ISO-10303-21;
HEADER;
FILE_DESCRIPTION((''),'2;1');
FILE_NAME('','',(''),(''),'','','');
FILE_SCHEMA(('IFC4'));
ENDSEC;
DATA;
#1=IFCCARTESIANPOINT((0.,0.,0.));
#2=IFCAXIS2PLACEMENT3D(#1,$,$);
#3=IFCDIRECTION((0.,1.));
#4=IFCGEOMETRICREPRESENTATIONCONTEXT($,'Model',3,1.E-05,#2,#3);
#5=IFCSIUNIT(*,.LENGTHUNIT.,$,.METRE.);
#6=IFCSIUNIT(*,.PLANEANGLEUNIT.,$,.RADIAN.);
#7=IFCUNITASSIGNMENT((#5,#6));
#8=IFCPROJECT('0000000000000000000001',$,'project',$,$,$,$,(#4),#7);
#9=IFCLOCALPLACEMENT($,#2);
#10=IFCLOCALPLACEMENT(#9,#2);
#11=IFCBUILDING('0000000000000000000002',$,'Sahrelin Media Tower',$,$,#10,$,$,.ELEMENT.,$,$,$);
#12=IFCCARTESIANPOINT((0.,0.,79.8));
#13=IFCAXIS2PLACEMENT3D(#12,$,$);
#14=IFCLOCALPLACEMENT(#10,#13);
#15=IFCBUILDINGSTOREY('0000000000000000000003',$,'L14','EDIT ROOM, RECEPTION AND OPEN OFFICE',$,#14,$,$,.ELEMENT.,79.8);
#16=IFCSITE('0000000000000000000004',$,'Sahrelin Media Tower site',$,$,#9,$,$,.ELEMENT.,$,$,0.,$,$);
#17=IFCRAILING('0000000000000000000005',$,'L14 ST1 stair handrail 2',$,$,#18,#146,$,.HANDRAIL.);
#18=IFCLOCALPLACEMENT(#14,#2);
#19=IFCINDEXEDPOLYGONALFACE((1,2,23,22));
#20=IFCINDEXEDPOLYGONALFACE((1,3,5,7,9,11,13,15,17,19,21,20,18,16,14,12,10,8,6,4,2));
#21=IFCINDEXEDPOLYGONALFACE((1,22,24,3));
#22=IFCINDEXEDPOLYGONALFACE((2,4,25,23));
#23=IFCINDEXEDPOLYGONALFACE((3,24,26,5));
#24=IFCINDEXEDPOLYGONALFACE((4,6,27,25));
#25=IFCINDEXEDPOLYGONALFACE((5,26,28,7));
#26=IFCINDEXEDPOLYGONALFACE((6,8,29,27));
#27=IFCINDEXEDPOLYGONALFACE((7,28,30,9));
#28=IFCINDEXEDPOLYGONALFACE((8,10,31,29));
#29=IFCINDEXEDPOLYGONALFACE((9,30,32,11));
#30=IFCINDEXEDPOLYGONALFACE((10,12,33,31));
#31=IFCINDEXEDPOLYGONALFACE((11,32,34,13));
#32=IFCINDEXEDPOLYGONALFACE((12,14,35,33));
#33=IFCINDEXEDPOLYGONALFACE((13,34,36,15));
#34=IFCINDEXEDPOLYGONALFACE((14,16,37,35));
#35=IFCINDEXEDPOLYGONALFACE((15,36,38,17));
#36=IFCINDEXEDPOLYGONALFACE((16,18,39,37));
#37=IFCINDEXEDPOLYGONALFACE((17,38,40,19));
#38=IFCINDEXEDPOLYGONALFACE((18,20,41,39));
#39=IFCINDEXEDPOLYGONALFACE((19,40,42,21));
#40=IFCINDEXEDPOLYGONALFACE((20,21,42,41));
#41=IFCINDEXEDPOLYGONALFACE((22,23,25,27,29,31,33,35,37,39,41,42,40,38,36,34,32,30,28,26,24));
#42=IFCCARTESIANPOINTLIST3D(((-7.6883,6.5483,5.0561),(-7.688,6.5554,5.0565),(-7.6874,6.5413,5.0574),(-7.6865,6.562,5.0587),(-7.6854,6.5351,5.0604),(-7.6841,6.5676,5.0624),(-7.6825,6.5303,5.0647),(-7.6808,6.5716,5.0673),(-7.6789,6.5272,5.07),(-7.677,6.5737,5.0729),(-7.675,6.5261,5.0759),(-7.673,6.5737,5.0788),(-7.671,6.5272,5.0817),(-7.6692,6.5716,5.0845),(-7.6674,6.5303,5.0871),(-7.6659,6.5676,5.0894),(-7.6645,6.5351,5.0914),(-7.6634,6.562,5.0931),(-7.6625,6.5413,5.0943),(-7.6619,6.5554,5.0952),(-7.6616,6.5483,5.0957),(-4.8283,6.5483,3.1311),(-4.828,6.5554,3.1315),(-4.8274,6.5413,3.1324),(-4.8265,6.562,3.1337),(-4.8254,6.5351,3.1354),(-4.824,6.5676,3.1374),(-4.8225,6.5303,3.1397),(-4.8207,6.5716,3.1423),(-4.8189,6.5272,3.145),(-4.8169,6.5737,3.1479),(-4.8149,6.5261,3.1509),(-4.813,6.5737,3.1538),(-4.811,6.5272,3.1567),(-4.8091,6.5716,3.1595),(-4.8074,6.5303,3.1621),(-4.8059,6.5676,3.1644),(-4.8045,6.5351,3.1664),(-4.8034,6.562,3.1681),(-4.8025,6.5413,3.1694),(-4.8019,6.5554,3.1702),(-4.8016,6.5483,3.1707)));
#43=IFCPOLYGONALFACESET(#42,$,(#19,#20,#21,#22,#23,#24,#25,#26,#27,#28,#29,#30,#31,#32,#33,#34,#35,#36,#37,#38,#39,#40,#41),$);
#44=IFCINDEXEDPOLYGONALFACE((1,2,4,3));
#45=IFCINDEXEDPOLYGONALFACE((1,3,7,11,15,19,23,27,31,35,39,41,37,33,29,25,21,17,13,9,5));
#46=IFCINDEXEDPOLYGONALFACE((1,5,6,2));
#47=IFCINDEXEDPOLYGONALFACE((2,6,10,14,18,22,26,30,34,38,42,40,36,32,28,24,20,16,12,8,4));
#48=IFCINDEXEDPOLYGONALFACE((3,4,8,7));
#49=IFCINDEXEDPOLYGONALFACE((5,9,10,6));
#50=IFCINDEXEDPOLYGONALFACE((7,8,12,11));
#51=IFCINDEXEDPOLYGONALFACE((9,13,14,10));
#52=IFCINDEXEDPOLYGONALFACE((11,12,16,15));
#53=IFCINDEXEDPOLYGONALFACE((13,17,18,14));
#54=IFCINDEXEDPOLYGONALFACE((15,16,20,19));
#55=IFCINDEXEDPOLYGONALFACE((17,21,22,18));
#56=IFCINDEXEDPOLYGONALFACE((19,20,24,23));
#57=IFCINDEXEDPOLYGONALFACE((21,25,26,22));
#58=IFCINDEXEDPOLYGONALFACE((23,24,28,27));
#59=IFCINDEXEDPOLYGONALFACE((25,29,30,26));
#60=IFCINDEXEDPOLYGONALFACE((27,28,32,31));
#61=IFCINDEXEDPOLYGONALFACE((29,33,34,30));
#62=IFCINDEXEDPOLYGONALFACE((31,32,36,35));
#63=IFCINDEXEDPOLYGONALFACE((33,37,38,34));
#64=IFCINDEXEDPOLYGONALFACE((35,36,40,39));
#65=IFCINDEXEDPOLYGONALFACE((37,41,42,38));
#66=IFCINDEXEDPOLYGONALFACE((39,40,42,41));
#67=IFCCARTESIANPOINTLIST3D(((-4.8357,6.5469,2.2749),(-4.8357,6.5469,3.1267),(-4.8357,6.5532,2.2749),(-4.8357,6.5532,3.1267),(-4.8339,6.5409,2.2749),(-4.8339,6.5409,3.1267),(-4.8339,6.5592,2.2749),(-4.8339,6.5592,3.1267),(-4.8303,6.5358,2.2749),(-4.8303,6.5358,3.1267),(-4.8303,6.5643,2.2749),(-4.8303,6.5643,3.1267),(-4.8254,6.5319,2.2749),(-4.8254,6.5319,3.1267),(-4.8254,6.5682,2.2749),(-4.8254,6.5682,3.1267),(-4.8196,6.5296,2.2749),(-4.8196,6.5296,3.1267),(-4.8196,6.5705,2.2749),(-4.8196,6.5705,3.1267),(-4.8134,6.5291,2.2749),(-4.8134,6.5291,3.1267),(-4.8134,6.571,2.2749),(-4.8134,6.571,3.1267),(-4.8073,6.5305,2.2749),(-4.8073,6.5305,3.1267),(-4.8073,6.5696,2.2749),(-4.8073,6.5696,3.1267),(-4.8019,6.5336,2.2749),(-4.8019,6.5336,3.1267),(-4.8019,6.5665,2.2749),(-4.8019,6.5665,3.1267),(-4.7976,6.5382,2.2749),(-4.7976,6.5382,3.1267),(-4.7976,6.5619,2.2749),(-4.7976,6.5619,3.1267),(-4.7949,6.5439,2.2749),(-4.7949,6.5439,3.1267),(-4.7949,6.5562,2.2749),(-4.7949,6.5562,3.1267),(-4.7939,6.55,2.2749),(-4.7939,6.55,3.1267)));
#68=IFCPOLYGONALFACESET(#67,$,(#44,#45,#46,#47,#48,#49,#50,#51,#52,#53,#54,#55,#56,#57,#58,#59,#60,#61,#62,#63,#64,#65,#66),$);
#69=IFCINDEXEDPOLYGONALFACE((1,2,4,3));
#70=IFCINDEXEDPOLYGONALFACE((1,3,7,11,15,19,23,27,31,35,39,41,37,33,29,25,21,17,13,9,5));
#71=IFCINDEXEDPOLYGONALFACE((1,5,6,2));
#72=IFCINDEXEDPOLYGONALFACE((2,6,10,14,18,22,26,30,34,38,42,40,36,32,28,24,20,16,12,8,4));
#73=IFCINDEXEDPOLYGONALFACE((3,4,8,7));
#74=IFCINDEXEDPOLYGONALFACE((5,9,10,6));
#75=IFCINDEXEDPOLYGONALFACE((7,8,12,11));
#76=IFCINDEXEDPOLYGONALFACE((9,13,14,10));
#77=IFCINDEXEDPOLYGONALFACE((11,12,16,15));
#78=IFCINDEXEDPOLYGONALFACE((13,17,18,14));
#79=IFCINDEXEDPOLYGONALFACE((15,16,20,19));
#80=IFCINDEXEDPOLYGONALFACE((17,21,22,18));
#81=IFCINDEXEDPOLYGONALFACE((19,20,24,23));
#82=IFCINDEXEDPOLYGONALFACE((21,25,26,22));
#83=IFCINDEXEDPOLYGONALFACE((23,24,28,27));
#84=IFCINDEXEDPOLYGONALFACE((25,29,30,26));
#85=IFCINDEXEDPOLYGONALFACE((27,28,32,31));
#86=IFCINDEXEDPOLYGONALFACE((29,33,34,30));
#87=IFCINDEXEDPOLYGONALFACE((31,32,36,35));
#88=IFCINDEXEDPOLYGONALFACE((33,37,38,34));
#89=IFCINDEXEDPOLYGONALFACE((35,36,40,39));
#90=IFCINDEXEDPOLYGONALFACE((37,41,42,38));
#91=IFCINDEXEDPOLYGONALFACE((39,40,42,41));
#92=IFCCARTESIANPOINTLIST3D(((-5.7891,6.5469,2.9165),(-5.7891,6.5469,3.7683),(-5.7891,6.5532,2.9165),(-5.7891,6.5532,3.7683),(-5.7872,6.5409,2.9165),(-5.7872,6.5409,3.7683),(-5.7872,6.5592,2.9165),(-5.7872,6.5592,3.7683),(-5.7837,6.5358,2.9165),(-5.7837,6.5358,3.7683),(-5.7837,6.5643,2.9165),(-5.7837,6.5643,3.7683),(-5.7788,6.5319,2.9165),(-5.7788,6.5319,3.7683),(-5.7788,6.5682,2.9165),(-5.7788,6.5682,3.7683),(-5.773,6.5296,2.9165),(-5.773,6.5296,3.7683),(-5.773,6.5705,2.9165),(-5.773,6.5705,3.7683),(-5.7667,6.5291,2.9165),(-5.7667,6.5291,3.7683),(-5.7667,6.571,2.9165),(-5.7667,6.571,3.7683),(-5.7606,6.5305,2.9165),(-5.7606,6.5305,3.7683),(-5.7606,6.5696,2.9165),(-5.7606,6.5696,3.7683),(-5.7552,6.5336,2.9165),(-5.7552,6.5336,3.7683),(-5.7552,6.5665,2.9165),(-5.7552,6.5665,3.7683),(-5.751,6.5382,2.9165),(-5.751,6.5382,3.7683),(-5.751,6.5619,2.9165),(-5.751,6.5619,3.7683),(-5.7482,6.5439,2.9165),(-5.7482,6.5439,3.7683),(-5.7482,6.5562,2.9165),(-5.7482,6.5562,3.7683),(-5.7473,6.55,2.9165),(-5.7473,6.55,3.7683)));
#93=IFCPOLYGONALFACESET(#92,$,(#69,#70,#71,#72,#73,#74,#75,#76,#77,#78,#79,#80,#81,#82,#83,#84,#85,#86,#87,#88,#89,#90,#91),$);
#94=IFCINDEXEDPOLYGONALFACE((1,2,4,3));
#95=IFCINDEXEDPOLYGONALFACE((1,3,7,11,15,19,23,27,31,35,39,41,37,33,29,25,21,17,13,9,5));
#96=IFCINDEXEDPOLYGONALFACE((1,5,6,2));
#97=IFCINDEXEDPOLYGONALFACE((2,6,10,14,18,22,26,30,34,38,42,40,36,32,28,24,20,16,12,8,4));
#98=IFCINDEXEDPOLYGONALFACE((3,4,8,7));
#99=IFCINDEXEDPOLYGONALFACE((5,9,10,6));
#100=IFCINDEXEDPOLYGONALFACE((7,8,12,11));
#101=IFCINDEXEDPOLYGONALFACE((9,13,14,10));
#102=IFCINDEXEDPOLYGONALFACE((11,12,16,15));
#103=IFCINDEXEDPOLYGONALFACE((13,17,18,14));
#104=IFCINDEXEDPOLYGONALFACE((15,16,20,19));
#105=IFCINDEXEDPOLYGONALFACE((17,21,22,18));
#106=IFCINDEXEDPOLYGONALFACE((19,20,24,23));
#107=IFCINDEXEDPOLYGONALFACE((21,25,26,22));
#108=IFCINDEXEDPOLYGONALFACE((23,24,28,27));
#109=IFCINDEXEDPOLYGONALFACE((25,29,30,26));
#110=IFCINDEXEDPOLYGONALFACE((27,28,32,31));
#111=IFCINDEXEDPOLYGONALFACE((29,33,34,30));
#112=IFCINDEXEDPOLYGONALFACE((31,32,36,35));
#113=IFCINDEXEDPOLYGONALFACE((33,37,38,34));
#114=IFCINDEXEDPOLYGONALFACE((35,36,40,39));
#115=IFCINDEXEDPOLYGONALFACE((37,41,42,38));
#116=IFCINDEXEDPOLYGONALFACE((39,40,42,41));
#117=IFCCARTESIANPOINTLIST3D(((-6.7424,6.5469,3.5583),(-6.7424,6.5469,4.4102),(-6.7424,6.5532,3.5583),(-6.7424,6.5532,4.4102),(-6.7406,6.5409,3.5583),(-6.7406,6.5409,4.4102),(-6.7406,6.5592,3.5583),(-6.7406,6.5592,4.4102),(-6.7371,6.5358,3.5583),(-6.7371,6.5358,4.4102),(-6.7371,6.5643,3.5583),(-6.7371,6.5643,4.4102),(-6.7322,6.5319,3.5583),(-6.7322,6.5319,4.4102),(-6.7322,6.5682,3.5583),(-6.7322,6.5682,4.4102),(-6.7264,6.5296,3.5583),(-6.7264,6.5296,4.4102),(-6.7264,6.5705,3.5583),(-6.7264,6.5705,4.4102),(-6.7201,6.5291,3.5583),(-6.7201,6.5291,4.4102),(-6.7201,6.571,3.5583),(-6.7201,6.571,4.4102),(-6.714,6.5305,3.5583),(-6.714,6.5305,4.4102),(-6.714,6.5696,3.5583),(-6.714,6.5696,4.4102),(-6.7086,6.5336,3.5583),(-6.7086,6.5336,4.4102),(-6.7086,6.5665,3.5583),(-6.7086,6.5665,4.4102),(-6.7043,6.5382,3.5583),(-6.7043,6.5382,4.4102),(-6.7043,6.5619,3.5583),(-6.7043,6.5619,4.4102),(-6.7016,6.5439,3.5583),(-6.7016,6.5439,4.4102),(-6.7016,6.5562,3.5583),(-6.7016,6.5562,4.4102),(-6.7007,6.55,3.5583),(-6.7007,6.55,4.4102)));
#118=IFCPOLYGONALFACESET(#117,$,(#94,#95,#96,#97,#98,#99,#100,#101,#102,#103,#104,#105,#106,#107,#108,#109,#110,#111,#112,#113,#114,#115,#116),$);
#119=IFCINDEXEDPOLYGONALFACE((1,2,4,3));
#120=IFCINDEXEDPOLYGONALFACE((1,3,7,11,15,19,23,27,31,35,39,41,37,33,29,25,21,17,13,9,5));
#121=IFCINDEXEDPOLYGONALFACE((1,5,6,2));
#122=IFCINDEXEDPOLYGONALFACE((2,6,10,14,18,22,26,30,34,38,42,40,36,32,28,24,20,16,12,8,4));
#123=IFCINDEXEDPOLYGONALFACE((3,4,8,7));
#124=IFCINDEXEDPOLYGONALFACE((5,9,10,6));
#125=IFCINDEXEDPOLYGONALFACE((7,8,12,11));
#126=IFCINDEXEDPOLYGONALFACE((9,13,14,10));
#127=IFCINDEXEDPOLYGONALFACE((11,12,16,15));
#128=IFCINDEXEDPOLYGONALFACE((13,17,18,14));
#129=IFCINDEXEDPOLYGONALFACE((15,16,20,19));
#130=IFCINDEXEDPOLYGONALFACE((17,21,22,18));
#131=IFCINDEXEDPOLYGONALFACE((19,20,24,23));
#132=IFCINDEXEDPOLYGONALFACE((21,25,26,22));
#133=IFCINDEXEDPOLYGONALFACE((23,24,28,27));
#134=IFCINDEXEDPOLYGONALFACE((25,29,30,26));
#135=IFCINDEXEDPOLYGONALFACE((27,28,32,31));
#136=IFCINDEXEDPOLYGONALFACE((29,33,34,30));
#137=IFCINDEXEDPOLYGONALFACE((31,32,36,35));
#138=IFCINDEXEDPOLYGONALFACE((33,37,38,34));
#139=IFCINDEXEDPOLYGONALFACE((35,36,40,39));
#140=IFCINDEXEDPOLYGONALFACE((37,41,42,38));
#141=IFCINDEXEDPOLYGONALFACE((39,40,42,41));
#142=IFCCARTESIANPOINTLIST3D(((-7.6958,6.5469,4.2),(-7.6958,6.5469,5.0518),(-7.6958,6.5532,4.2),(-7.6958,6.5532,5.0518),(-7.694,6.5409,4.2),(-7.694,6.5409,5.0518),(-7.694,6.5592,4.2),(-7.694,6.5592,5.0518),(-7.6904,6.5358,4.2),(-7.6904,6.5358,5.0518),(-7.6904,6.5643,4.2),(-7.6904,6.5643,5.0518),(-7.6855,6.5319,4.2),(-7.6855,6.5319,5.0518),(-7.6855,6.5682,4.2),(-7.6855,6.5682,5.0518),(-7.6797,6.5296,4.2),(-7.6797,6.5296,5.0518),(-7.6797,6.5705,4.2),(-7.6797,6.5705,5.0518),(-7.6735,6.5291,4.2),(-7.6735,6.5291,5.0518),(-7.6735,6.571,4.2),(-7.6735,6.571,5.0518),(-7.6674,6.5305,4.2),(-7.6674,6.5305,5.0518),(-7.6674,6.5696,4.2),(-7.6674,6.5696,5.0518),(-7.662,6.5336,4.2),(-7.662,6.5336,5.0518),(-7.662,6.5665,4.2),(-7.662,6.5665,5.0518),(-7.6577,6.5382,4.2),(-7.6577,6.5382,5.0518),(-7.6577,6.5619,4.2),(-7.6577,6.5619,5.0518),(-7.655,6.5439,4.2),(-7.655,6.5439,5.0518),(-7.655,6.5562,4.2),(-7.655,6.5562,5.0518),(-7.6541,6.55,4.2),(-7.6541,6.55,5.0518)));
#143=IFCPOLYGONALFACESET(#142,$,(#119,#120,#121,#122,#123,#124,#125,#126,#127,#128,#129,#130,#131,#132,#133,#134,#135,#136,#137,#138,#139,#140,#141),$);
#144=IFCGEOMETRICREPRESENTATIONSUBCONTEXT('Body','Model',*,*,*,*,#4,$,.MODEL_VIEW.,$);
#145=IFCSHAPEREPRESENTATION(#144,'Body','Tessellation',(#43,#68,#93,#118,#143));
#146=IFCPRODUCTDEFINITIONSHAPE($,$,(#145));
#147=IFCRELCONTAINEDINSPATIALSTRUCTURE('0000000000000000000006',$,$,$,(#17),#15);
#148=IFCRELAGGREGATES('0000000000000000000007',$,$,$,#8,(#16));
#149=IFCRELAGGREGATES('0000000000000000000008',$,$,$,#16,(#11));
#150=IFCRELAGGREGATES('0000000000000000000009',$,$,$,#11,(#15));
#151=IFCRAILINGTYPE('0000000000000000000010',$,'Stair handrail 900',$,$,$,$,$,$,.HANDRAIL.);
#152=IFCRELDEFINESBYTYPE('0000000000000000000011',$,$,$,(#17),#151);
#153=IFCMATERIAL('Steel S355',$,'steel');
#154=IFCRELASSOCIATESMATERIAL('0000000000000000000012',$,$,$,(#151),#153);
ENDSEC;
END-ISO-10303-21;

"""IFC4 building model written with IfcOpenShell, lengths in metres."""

from ifc_helpers import new_model, si_unit, direction, frame, origin, origin_2d, place, context, subcontext, project, spatial, circle, extrude, material, type_object, element, save


model = new_model("IFC4")

# Units and contexts
model_context = context("Model", 3, precision=1e-05, world=origin(), true_north=direction((0.0, 1.0)))
body_context = subcontext(model_context, "Body", "Model", "MODEL_VIEW")
ifc_project = project(units=[si_unit("LENGTHUNIT", "METRE"), si_unit("PLANEANGLEUNIT", "RADIAN")], contexts=[model_context])

# Site, building, storey
site_placement = place(None, origin())
site = spatial("IfcSite", under=ifc_project, at=site_placement, Name="Sahrelin Media Tower site", CompositionType="ELEMENT", RefElevation=0.0)
building_placement = place(site_placement, origin())
building = spatial("IfcBuilding", under=site, at=building_placement, Name="Sahrelin Media Tower", CompositionType="ELEMENT")
storey_placement = place(building_placement, frame((0.0, 0.0, 79.8)))
storey = spatial("IfcBuildingStorey", under=building, at=storey_placement, Name="L14", Description="EDIT ROOM, RECEPTION AND OPEN OFFICE", CompositionType="ELEMENT", Elevation=79.8)

# Shared definitions
ifc_material_1 = material(Name="Steel S355", Category="steel")

# Railing
railing_type_1 = type_object("IfcRailingType", Name="Stair handrail 900", PredefinedType="HANDRAIL", material=ifc_material_1)
railing_1_placement = place(storey_placement, frame((-4.8149, 6.55, 2.2749)))
element("IfcRailing", 1, at=railing_1_placement, inside=storey, type_object=railing_type_1, Name="L14 ST1 stair handrail 2", PredefinedType="HANDRAIL", context=body_context, shape_type="SweptSolid", body=[
    extrude(circle(Radius=0.0239, at=origin_2d()), frame((0.0, 0.0, 0.876), z_axis=(-0.829591, 0.0, 0.558372), x_axis=(0.0, -1.0, 0.0)), (0.0, 0.0, 1.0), 3.4475),
    extrude(circle(Radius=0.021, at=origin_2d()), origin(), (0.0, 0.0, 1.0), 0.8518),
    extrude(circle(Radius=0.021, at=origin_2d()), frame((-0.9534, 0.0, 0.6416)), (0.0, 0.0, 1.0), 0.8518),
    extrude(circle(Radius=0.021, at=origin_2d()), frame((-1.9067, 0.0, 1.2834)), (0.0, 0.0, 1.0), 0.8518),
    extrude(circle(Radius=0.021, at=origin_2d()), frame((-2.8601, 0.0, 1.925)), (0.0, 0.0, 1.0), 0.8518),
])

save(model, "model.ifc")
